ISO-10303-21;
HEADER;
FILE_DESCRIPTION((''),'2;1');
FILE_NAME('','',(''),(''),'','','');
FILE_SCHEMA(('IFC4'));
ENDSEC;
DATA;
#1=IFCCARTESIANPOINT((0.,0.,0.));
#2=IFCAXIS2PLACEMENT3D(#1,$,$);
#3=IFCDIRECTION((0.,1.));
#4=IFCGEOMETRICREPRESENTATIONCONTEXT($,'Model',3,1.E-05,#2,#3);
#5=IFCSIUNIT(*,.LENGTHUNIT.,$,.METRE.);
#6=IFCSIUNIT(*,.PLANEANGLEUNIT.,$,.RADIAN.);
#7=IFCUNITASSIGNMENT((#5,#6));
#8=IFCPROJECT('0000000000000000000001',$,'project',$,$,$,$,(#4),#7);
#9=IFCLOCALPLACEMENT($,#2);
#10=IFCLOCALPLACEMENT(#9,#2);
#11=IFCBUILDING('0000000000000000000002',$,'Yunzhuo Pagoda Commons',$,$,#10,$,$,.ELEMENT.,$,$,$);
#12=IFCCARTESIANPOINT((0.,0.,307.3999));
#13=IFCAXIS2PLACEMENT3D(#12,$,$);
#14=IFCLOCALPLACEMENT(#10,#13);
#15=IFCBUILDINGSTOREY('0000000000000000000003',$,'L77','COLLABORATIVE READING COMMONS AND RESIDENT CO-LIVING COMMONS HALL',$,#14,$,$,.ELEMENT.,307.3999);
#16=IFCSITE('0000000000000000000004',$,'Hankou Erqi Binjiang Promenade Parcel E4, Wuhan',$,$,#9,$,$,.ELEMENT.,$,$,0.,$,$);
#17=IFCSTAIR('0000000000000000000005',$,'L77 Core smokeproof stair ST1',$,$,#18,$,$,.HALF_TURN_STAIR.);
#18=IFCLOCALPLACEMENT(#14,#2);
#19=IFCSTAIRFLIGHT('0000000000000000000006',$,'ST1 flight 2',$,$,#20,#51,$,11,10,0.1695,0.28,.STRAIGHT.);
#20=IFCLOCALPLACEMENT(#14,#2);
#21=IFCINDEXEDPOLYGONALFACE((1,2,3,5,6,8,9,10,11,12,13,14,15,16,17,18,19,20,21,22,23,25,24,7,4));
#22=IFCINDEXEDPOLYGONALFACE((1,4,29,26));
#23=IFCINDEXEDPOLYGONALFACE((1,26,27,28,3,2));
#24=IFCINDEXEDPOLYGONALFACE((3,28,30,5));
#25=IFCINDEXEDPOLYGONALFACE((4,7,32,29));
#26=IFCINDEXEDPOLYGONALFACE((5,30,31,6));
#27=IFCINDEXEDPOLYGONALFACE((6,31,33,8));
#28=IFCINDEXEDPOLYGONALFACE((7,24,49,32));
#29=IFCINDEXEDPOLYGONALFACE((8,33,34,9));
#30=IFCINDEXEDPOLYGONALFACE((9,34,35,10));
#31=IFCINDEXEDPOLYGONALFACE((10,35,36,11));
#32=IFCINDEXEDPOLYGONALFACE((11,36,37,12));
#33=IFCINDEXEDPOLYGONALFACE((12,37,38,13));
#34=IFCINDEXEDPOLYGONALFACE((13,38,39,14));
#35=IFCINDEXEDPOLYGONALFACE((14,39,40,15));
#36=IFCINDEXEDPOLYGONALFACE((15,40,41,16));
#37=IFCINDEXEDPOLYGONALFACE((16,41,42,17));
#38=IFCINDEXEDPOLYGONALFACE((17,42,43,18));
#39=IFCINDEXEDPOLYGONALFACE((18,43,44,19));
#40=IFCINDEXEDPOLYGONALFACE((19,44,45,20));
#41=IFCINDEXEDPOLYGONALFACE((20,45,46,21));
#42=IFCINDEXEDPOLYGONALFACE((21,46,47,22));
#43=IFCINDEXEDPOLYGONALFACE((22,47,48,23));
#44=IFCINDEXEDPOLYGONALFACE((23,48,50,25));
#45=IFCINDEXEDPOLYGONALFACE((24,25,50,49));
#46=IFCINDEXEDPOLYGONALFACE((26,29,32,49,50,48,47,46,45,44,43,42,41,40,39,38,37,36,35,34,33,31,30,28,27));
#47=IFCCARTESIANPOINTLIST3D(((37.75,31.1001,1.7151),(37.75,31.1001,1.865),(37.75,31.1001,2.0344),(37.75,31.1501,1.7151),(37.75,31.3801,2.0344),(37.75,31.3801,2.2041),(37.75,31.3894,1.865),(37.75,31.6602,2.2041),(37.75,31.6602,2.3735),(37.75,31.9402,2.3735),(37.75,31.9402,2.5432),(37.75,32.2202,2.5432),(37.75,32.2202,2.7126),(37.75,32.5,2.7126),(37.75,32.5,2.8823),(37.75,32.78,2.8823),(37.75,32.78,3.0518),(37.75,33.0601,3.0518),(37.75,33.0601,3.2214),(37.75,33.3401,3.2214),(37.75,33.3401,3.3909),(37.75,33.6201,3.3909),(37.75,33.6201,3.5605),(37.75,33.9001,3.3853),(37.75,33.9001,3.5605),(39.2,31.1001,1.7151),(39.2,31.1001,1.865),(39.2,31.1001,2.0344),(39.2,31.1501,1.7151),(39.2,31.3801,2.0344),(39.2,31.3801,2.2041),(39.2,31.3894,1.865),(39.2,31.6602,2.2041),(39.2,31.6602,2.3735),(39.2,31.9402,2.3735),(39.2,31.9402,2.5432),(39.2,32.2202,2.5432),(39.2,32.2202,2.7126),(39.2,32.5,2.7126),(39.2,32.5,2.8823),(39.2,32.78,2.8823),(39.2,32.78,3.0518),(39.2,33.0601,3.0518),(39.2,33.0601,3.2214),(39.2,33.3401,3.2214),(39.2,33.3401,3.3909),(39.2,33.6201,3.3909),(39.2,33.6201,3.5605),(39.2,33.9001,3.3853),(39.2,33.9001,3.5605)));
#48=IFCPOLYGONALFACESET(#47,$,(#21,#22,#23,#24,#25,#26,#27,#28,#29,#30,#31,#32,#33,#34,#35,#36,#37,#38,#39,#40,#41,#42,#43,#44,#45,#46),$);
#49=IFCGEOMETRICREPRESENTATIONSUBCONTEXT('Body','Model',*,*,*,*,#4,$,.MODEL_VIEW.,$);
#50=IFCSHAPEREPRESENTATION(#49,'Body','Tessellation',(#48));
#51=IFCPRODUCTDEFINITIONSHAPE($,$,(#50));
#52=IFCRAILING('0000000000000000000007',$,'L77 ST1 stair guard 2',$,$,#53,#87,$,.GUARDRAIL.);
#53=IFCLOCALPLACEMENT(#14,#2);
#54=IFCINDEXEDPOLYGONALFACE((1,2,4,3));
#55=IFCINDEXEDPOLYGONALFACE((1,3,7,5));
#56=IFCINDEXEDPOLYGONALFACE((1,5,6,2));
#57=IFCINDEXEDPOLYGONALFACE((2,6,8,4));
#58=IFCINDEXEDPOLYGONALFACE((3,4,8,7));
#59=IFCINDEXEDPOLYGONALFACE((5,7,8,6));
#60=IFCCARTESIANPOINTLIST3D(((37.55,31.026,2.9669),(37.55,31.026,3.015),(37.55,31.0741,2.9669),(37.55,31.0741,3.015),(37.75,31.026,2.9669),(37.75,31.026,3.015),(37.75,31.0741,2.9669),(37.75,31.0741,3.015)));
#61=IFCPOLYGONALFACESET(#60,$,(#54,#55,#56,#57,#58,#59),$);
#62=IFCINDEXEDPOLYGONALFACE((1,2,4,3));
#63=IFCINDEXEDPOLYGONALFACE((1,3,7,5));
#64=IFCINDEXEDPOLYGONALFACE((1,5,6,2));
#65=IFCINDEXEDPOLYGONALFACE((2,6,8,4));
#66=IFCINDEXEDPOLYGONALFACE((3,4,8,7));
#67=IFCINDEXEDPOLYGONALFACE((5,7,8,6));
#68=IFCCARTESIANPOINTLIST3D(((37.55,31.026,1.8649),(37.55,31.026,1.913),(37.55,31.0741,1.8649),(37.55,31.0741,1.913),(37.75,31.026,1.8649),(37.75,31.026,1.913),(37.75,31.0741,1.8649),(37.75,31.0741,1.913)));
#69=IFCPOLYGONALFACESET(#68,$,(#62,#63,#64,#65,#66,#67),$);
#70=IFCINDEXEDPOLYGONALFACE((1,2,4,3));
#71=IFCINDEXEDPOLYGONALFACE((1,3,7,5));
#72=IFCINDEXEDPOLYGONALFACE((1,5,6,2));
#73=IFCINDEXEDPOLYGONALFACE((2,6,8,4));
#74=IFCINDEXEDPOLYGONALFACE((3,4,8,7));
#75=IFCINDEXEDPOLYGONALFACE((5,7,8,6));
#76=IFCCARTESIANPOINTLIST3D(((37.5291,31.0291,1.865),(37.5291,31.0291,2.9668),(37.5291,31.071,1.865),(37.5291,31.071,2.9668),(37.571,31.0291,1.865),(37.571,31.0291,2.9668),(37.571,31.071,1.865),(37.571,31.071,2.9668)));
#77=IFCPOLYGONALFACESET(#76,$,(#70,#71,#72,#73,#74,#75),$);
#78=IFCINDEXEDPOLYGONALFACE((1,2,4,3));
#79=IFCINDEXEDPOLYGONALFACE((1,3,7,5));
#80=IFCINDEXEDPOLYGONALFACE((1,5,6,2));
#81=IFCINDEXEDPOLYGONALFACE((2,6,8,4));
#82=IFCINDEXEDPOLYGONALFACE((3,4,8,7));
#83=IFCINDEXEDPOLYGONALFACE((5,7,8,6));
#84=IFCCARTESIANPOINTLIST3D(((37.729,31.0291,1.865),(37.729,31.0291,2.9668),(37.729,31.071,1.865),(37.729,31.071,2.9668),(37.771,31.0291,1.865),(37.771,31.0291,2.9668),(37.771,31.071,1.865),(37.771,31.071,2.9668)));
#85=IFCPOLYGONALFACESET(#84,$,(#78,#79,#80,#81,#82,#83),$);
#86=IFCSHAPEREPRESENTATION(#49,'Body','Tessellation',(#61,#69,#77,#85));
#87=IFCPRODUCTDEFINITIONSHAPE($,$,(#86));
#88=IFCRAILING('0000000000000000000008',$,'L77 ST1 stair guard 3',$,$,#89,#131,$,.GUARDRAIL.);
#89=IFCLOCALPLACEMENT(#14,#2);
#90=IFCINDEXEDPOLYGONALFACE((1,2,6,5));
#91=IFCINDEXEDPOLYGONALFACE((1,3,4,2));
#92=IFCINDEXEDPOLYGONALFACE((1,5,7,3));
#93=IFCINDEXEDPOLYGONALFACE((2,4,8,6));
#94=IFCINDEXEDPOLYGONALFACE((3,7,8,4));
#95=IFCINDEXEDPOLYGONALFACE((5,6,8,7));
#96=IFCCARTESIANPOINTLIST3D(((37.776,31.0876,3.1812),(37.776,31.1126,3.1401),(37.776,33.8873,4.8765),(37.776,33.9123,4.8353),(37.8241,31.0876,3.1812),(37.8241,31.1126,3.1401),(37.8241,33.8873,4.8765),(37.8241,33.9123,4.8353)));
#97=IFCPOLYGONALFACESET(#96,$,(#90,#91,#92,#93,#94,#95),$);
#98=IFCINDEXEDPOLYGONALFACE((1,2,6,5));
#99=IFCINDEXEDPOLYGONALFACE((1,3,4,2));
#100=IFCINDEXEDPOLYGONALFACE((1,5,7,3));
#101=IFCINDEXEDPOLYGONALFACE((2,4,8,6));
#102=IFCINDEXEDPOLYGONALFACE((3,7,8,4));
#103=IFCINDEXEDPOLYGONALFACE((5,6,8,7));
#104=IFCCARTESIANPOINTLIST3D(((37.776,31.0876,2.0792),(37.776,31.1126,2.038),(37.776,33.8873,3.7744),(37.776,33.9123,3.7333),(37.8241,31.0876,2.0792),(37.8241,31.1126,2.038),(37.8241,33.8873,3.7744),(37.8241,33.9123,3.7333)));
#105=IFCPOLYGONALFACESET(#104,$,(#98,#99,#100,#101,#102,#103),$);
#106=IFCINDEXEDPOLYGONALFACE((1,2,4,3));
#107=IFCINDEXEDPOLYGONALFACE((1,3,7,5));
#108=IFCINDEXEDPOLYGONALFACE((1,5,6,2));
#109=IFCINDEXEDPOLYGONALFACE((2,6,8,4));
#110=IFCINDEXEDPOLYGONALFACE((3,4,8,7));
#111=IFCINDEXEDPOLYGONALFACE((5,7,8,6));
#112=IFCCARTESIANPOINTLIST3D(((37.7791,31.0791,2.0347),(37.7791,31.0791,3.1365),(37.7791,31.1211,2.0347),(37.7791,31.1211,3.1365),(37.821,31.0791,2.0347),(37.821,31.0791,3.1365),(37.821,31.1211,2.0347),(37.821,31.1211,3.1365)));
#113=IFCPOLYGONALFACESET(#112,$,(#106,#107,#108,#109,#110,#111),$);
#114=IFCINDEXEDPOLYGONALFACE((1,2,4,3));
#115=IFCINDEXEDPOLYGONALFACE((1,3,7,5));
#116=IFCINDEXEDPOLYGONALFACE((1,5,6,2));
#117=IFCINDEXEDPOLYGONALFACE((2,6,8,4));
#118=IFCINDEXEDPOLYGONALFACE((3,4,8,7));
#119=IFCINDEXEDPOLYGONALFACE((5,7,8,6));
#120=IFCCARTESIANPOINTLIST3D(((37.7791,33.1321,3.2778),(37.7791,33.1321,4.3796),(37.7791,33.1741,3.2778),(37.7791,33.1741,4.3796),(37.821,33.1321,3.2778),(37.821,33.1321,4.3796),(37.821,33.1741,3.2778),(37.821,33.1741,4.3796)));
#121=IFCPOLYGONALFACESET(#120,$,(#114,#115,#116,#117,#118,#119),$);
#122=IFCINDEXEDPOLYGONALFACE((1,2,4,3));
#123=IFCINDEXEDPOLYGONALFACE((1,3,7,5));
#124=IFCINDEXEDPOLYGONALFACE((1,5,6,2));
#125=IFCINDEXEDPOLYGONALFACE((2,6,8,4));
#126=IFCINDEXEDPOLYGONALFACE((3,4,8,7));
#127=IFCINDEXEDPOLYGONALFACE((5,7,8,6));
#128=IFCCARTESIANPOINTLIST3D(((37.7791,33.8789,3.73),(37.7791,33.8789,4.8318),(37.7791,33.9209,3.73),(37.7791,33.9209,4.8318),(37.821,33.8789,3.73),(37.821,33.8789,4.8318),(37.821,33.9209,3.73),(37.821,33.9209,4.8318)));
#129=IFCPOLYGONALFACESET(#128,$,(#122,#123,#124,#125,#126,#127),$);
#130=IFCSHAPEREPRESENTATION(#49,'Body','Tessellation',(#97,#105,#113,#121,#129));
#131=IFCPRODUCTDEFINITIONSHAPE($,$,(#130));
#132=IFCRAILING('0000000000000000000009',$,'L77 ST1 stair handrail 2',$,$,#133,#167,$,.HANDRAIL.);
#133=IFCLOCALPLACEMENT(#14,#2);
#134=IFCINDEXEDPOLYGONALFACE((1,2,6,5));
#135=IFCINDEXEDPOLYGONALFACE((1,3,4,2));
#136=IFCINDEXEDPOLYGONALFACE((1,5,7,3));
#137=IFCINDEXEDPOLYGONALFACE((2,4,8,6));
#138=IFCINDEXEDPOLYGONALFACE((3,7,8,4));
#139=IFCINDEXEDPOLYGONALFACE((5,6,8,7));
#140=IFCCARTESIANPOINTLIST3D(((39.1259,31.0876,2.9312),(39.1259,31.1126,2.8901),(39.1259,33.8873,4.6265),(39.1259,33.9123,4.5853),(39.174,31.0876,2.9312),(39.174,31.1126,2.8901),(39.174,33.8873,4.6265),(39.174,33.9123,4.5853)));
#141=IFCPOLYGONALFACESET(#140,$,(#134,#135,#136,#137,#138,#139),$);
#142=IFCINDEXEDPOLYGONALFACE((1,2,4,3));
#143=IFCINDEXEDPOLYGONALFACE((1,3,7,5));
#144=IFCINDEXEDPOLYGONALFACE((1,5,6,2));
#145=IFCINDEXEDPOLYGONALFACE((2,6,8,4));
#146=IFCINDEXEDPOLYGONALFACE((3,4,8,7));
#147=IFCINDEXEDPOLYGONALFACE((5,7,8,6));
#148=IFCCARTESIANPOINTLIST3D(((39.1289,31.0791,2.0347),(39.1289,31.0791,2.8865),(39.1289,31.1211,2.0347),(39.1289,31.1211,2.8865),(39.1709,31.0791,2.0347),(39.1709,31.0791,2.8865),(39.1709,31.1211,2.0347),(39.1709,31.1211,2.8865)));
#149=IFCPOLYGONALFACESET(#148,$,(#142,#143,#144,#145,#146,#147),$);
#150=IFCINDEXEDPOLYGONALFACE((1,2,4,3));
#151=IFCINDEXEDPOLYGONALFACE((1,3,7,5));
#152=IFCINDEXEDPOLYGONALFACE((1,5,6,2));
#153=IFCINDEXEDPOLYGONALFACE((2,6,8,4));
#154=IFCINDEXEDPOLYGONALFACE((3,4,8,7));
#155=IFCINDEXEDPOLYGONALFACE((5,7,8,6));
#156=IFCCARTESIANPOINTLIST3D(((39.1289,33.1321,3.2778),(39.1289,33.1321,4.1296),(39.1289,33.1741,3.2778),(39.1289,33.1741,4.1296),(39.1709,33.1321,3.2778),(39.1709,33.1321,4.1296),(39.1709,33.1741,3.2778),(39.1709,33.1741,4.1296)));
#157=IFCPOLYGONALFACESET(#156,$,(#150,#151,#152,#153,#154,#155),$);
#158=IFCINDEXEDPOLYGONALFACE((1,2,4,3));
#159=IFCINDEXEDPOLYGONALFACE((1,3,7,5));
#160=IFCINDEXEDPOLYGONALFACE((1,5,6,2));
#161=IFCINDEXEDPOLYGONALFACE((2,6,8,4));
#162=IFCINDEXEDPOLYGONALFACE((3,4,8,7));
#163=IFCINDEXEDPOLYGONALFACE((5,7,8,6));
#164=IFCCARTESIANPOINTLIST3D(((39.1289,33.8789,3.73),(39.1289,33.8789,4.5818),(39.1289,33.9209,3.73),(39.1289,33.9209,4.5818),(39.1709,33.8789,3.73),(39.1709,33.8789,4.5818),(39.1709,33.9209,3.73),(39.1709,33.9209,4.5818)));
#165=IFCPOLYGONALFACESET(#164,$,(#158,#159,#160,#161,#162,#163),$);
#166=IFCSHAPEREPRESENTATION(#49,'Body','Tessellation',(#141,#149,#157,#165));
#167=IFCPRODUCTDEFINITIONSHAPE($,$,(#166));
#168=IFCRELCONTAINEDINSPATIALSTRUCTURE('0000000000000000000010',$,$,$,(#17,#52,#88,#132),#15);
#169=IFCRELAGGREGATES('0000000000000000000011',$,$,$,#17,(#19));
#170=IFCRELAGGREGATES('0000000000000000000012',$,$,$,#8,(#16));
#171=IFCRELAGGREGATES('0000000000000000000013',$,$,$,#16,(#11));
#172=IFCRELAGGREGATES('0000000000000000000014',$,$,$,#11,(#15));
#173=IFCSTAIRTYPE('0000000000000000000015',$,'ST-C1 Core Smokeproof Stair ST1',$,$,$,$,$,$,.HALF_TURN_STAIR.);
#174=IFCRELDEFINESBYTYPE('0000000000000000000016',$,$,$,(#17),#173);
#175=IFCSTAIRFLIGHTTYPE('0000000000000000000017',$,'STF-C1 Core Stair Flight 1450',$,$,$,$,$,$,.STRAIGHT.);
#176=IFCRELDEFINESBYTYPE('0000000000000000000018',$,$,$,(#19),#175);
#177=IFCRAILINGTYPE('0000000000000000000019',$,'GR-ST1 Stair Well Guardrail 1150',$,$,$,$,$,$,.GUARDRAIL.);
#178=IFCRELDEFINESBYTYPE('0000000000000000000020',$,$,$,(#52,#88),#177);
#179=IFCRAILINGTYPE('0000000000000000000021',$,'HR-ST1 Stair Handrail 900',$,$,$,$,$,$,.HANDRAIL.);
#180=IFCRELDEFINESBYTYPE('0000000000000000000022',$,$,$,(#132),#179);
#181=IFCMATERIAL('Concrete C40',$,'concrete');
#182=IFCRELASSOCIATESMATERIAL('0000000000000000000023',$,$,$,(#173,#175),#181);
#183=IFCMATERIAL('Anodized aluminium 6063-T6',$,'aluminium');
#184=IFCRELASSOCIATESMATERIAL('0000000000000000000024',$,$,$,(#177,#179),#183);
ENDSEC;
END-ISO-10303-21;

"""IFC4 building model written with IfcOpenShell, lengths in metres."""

from ifc_helpers import new_model, si_unit, direction, frame, origin, origin_2d, place, context, subcontext, project, spatial, polyline, rectangle, outline, extrude, source, transform, mapped, material, type_object, element, aggregate, save


model = new_model("IFC4")

# Units and contexts
model_context = context("Model", 3, precision=1e-05, world=origin(), true_north=direction((0.0, 1.0)))
body_context = subcontext(model_context, "Body", "Model", "MODEL_VIEW")
ifc_project = project(units=[si_unit("LENGTHUNIT", "METRE"), si_unit("PLANEANGLEUNIT", "RADIAN")], contexts=[model_context])

# Site, building, storey
site_placement = place(None, origin())
site = spatial("IfcSite", under=ifc_project, at=site_placement, Name="Hankou Erqi Binjiang Promenade Parcel E4, Wuhan", CompositionType="ELEMENT", RefElevation=0.0)
building_placement = place(site_placement, origin())
building = spatial("IfcBuilding", under=site, at=building_placement, Name="Yunzhuo Pagoda Commons", CompositionType="ELEMENT")
storey_placement = place(building_placement, frame((0.0, 0.0, 307.3999)))
storey = spatial("IfcBuildingStorey", under=building, at=storey_placement, Name="L77", Description="COLLABORATIVE READING COMMONS AND RESIDENT CO-LIVING COMMONS HALL", CompositionType="ELEMENT", Elevation=307.3999)

# Shared definitions
ifc_material_1 = material(Name="Concrete C40", Category="concrete")

# Stair, stair flight
stair_type = type_object("IfcStairType", Name="ST-C1 Core Smokeproof Stair ST1", PredefinedType="HALF_TURN_STAIR", material=ifc_material_1)
stair_placement = place(storey_placement, origin())
stair = element("IfcStair", 1, at=stair_placement, inside=storey, type_object=stair_type, Name="L77 Core smokeproof stair ST1", PredefinedType="HALF_TURN_STAIR")
stair_flight_type = type_object("IfcStairFlightType", Name="STF-C1 Core Stair Flight 1450", PredefinedType="STRAIGHT", material=ifc_material_1)
shared_shape_1 = source(origin(), body_context, "Body", "SweptSolid", [
    extrude(outline(polyline([(0.0, -0.1499), (0.0, 0.0), (0.0, 0.1694), (0.28, 0.1694), (0.28, 0.3391), (0.5601, 0.3391), (0.5601, 0.5085), (0.8401, 0.5085), (0.8401, 0.6782), (1.1201, 0.6782), (1.1201, 0.8477), (1.3999, 0.8477), (1.3999, 1.0173), (1.6799, 1.0173), (1.6799, 1.1868), (1.96, 1.1868), (1.96, 1.3564), (2.24, 1.3564), (2.24, 1.5259), (2.52, 1.5259), (2.52, 1.6956), (2.8, 1.6956), (2.8, 1.865), (2.8, 1.5203), (0.2893, 0.0), (0.05, -0.1499), (0.0, -0.1499)])), frame((0.0, 0.7251, 0.0), z_axis=(0.0, -1.0, 0.0), x_axis=(1.0, 0.0, 0.0)), (0.0, 0.0, 1.0), 1.45),
])
stair_flight_placement = place(storey_placement, frame((38.4751, 31.1001, 1.865), z_axis=(0.0, 0.0, 1.0), x_axis=(0.0, 1.0, 0.0)))
stair_flight = element("IfcStairFlight", 2, at=stair_flight_placement, type_object=stair_flight_type, Name="ST1 flight 2", NumberOfRisers=11, NumberOfTreads=10, PredefinedType="STRAIGHT", RiserHeight=0.1695, TreadLength=0.28, context=body_context, shape_type="MappedRepresentation", body=[
    mapped(shared_shape_1, transform((0.0, 0.0, 0.0), scale=1.0)),
])
aggregate(stair, [stair_flight])

# Railings
ifc_material_2 = material(Name="Anodized aluminium 6063-T6", Category="aluminium")
railing_type_1 = type_object("IfcRailingType", Name="GR-ST1 Stair Well Guardrail 1150", PredefinedType="GUARDRAIL", material=ifc_material_2)
railing_1_placement = place(storey_placement, frame((37.55, 31.05, 1.865)))
element("IfcRailing", 3, at=railing_1_placement, inside=storey, type_object=railing_type_1, Name="L77 ST1 stair guard 2", PredefinedType="GUARDRAIL", context=body_context, shape_type="SweptSolid", body=[
    extrude(rectangle(XDim=0.0481, YDim=0.0481, at=origin_2d()), frame((0.0, 0.0, 1.126), z_axis=(1.0, 0.0, 0.0), x_axis=(0.0, 1.0, 0.0)), (0.0, 0.0, 1.0), 0.2),
    extrude(rectangle(XDim=0.0481, YDim=0.0481, at=origin_2d()), frame((0.0, 0.0, 0.0239), z_axis=(1.0, 0.0, 0.0), x_axis=(0.0, 1.0, 0.0)), (0.0, 0.0, 1.0), 0.2),
    extrude(rectangle(XDim=0.042, YDim=0.042, at=origin_2d()), origin(), (0.0, 0.0, 1.0), 1.1018),
    extrude(rectangle(XDim=0.042, YDim=0.042, at=origin_2d()), frame((0.2, 0.0, 0.0)), (0.0, 0.0, 1.0), 1.1018),
])
railing_2_placement = place(storey_placement, frame((37.8, 31.1001, 2.0347)))
element("IfcRailing", 4, at=railing_2_placement, inside=storey, type_object=railing_type_1, Name="L77 ST1 stair guard 3", PredefinedType="GUARDRAIL", context=body_context, shape_type="SweptSolid", body=[
    extrude(rectangle(XDim=0.0481, YDim=0.0481, at=origin_2d()), frame((0.0, 0.0, 1.126), z_axis=(0.0, 0.855406, 0.517958), x_axis=(-1.0, 0.0, 0.0)), (0.0, 0.0, 1.0), 3.2729),
    extrude(rectangle(XDim=0.0481, YDim=0.0481, at=origin_2d()), frame((0.0, 0.0, 0.0239), z_axis=(0.0, 0.855406, 0.517958), x_axis=(-1.0, 0.0, 0.0)), (0.0, 0.0, 1.0), 3.2729),
    extrude(rectangle(XDim=0.042, YDim=0.042, at=origin_2d()), origin(), (0.0, 0.0, 1.0), 1.1018),
    extrude(rectangle(XDim=0.042, YDim=0.042, at=origin_2d()), frame((0.0, 2.053, 1.2432)), (0.0, 0.0, 1.0), 1.1018),
    extrude(rectangle(XDim=0.042, YDim=0.042, at=origin_2d()), frame((0.0, 2.7998, 1.6953)), (0.0, 0.0, 1.0), 1.1018),
])
railing_type_2 = type_object("IfcRailingType", Name="HR-ST1 Stair Handrail 900", PredefinedType="HANDRAIL", material=ifc_material_2)
railing_3_placement = place(storey_placement, frame((39.1499, 31.1001, 2.0347)))
element("IfcRailing", 5, at=railing_3_placement, inside=storey, type_object=railing_type_2, Name="L77 ST1 stair handrail 2", PredefinedType="HANDRAIL", context=body_context, shape_type="SweptSolid", body=[
    extrude(rectangle(XDim=0.0481, YDim=0.0481, at=origin_2d()), frame((0.0, 0.0, 0.876), z_axis=(0.0, 0.855406, 0.517958), x_axis=(-1.0, 0.0, 0.0)), (0.0, 0.0, 1.0), 3.2729),
    extrude(rectangle(XDim=0.042, YDim=0.042, at=origin_2d()), origin(), (0.0, 0.0, 1.0), 0.8518),
    extrude(rectangle(XDim=0.042, YDim=0.042, at=origin_2d()), frame((0.0, 2.053, 1.2432)), (0.0, 0.0, 1.0), 0.8518),
    extrude(rectangle(XDim=0.042, YDim=0.042, at=origin_2d()), frame((0.0, 2.7998, 1.6953)), (0.0, 0.0, 1.0), 0.8518),
])

save(model, "model.ifc")
